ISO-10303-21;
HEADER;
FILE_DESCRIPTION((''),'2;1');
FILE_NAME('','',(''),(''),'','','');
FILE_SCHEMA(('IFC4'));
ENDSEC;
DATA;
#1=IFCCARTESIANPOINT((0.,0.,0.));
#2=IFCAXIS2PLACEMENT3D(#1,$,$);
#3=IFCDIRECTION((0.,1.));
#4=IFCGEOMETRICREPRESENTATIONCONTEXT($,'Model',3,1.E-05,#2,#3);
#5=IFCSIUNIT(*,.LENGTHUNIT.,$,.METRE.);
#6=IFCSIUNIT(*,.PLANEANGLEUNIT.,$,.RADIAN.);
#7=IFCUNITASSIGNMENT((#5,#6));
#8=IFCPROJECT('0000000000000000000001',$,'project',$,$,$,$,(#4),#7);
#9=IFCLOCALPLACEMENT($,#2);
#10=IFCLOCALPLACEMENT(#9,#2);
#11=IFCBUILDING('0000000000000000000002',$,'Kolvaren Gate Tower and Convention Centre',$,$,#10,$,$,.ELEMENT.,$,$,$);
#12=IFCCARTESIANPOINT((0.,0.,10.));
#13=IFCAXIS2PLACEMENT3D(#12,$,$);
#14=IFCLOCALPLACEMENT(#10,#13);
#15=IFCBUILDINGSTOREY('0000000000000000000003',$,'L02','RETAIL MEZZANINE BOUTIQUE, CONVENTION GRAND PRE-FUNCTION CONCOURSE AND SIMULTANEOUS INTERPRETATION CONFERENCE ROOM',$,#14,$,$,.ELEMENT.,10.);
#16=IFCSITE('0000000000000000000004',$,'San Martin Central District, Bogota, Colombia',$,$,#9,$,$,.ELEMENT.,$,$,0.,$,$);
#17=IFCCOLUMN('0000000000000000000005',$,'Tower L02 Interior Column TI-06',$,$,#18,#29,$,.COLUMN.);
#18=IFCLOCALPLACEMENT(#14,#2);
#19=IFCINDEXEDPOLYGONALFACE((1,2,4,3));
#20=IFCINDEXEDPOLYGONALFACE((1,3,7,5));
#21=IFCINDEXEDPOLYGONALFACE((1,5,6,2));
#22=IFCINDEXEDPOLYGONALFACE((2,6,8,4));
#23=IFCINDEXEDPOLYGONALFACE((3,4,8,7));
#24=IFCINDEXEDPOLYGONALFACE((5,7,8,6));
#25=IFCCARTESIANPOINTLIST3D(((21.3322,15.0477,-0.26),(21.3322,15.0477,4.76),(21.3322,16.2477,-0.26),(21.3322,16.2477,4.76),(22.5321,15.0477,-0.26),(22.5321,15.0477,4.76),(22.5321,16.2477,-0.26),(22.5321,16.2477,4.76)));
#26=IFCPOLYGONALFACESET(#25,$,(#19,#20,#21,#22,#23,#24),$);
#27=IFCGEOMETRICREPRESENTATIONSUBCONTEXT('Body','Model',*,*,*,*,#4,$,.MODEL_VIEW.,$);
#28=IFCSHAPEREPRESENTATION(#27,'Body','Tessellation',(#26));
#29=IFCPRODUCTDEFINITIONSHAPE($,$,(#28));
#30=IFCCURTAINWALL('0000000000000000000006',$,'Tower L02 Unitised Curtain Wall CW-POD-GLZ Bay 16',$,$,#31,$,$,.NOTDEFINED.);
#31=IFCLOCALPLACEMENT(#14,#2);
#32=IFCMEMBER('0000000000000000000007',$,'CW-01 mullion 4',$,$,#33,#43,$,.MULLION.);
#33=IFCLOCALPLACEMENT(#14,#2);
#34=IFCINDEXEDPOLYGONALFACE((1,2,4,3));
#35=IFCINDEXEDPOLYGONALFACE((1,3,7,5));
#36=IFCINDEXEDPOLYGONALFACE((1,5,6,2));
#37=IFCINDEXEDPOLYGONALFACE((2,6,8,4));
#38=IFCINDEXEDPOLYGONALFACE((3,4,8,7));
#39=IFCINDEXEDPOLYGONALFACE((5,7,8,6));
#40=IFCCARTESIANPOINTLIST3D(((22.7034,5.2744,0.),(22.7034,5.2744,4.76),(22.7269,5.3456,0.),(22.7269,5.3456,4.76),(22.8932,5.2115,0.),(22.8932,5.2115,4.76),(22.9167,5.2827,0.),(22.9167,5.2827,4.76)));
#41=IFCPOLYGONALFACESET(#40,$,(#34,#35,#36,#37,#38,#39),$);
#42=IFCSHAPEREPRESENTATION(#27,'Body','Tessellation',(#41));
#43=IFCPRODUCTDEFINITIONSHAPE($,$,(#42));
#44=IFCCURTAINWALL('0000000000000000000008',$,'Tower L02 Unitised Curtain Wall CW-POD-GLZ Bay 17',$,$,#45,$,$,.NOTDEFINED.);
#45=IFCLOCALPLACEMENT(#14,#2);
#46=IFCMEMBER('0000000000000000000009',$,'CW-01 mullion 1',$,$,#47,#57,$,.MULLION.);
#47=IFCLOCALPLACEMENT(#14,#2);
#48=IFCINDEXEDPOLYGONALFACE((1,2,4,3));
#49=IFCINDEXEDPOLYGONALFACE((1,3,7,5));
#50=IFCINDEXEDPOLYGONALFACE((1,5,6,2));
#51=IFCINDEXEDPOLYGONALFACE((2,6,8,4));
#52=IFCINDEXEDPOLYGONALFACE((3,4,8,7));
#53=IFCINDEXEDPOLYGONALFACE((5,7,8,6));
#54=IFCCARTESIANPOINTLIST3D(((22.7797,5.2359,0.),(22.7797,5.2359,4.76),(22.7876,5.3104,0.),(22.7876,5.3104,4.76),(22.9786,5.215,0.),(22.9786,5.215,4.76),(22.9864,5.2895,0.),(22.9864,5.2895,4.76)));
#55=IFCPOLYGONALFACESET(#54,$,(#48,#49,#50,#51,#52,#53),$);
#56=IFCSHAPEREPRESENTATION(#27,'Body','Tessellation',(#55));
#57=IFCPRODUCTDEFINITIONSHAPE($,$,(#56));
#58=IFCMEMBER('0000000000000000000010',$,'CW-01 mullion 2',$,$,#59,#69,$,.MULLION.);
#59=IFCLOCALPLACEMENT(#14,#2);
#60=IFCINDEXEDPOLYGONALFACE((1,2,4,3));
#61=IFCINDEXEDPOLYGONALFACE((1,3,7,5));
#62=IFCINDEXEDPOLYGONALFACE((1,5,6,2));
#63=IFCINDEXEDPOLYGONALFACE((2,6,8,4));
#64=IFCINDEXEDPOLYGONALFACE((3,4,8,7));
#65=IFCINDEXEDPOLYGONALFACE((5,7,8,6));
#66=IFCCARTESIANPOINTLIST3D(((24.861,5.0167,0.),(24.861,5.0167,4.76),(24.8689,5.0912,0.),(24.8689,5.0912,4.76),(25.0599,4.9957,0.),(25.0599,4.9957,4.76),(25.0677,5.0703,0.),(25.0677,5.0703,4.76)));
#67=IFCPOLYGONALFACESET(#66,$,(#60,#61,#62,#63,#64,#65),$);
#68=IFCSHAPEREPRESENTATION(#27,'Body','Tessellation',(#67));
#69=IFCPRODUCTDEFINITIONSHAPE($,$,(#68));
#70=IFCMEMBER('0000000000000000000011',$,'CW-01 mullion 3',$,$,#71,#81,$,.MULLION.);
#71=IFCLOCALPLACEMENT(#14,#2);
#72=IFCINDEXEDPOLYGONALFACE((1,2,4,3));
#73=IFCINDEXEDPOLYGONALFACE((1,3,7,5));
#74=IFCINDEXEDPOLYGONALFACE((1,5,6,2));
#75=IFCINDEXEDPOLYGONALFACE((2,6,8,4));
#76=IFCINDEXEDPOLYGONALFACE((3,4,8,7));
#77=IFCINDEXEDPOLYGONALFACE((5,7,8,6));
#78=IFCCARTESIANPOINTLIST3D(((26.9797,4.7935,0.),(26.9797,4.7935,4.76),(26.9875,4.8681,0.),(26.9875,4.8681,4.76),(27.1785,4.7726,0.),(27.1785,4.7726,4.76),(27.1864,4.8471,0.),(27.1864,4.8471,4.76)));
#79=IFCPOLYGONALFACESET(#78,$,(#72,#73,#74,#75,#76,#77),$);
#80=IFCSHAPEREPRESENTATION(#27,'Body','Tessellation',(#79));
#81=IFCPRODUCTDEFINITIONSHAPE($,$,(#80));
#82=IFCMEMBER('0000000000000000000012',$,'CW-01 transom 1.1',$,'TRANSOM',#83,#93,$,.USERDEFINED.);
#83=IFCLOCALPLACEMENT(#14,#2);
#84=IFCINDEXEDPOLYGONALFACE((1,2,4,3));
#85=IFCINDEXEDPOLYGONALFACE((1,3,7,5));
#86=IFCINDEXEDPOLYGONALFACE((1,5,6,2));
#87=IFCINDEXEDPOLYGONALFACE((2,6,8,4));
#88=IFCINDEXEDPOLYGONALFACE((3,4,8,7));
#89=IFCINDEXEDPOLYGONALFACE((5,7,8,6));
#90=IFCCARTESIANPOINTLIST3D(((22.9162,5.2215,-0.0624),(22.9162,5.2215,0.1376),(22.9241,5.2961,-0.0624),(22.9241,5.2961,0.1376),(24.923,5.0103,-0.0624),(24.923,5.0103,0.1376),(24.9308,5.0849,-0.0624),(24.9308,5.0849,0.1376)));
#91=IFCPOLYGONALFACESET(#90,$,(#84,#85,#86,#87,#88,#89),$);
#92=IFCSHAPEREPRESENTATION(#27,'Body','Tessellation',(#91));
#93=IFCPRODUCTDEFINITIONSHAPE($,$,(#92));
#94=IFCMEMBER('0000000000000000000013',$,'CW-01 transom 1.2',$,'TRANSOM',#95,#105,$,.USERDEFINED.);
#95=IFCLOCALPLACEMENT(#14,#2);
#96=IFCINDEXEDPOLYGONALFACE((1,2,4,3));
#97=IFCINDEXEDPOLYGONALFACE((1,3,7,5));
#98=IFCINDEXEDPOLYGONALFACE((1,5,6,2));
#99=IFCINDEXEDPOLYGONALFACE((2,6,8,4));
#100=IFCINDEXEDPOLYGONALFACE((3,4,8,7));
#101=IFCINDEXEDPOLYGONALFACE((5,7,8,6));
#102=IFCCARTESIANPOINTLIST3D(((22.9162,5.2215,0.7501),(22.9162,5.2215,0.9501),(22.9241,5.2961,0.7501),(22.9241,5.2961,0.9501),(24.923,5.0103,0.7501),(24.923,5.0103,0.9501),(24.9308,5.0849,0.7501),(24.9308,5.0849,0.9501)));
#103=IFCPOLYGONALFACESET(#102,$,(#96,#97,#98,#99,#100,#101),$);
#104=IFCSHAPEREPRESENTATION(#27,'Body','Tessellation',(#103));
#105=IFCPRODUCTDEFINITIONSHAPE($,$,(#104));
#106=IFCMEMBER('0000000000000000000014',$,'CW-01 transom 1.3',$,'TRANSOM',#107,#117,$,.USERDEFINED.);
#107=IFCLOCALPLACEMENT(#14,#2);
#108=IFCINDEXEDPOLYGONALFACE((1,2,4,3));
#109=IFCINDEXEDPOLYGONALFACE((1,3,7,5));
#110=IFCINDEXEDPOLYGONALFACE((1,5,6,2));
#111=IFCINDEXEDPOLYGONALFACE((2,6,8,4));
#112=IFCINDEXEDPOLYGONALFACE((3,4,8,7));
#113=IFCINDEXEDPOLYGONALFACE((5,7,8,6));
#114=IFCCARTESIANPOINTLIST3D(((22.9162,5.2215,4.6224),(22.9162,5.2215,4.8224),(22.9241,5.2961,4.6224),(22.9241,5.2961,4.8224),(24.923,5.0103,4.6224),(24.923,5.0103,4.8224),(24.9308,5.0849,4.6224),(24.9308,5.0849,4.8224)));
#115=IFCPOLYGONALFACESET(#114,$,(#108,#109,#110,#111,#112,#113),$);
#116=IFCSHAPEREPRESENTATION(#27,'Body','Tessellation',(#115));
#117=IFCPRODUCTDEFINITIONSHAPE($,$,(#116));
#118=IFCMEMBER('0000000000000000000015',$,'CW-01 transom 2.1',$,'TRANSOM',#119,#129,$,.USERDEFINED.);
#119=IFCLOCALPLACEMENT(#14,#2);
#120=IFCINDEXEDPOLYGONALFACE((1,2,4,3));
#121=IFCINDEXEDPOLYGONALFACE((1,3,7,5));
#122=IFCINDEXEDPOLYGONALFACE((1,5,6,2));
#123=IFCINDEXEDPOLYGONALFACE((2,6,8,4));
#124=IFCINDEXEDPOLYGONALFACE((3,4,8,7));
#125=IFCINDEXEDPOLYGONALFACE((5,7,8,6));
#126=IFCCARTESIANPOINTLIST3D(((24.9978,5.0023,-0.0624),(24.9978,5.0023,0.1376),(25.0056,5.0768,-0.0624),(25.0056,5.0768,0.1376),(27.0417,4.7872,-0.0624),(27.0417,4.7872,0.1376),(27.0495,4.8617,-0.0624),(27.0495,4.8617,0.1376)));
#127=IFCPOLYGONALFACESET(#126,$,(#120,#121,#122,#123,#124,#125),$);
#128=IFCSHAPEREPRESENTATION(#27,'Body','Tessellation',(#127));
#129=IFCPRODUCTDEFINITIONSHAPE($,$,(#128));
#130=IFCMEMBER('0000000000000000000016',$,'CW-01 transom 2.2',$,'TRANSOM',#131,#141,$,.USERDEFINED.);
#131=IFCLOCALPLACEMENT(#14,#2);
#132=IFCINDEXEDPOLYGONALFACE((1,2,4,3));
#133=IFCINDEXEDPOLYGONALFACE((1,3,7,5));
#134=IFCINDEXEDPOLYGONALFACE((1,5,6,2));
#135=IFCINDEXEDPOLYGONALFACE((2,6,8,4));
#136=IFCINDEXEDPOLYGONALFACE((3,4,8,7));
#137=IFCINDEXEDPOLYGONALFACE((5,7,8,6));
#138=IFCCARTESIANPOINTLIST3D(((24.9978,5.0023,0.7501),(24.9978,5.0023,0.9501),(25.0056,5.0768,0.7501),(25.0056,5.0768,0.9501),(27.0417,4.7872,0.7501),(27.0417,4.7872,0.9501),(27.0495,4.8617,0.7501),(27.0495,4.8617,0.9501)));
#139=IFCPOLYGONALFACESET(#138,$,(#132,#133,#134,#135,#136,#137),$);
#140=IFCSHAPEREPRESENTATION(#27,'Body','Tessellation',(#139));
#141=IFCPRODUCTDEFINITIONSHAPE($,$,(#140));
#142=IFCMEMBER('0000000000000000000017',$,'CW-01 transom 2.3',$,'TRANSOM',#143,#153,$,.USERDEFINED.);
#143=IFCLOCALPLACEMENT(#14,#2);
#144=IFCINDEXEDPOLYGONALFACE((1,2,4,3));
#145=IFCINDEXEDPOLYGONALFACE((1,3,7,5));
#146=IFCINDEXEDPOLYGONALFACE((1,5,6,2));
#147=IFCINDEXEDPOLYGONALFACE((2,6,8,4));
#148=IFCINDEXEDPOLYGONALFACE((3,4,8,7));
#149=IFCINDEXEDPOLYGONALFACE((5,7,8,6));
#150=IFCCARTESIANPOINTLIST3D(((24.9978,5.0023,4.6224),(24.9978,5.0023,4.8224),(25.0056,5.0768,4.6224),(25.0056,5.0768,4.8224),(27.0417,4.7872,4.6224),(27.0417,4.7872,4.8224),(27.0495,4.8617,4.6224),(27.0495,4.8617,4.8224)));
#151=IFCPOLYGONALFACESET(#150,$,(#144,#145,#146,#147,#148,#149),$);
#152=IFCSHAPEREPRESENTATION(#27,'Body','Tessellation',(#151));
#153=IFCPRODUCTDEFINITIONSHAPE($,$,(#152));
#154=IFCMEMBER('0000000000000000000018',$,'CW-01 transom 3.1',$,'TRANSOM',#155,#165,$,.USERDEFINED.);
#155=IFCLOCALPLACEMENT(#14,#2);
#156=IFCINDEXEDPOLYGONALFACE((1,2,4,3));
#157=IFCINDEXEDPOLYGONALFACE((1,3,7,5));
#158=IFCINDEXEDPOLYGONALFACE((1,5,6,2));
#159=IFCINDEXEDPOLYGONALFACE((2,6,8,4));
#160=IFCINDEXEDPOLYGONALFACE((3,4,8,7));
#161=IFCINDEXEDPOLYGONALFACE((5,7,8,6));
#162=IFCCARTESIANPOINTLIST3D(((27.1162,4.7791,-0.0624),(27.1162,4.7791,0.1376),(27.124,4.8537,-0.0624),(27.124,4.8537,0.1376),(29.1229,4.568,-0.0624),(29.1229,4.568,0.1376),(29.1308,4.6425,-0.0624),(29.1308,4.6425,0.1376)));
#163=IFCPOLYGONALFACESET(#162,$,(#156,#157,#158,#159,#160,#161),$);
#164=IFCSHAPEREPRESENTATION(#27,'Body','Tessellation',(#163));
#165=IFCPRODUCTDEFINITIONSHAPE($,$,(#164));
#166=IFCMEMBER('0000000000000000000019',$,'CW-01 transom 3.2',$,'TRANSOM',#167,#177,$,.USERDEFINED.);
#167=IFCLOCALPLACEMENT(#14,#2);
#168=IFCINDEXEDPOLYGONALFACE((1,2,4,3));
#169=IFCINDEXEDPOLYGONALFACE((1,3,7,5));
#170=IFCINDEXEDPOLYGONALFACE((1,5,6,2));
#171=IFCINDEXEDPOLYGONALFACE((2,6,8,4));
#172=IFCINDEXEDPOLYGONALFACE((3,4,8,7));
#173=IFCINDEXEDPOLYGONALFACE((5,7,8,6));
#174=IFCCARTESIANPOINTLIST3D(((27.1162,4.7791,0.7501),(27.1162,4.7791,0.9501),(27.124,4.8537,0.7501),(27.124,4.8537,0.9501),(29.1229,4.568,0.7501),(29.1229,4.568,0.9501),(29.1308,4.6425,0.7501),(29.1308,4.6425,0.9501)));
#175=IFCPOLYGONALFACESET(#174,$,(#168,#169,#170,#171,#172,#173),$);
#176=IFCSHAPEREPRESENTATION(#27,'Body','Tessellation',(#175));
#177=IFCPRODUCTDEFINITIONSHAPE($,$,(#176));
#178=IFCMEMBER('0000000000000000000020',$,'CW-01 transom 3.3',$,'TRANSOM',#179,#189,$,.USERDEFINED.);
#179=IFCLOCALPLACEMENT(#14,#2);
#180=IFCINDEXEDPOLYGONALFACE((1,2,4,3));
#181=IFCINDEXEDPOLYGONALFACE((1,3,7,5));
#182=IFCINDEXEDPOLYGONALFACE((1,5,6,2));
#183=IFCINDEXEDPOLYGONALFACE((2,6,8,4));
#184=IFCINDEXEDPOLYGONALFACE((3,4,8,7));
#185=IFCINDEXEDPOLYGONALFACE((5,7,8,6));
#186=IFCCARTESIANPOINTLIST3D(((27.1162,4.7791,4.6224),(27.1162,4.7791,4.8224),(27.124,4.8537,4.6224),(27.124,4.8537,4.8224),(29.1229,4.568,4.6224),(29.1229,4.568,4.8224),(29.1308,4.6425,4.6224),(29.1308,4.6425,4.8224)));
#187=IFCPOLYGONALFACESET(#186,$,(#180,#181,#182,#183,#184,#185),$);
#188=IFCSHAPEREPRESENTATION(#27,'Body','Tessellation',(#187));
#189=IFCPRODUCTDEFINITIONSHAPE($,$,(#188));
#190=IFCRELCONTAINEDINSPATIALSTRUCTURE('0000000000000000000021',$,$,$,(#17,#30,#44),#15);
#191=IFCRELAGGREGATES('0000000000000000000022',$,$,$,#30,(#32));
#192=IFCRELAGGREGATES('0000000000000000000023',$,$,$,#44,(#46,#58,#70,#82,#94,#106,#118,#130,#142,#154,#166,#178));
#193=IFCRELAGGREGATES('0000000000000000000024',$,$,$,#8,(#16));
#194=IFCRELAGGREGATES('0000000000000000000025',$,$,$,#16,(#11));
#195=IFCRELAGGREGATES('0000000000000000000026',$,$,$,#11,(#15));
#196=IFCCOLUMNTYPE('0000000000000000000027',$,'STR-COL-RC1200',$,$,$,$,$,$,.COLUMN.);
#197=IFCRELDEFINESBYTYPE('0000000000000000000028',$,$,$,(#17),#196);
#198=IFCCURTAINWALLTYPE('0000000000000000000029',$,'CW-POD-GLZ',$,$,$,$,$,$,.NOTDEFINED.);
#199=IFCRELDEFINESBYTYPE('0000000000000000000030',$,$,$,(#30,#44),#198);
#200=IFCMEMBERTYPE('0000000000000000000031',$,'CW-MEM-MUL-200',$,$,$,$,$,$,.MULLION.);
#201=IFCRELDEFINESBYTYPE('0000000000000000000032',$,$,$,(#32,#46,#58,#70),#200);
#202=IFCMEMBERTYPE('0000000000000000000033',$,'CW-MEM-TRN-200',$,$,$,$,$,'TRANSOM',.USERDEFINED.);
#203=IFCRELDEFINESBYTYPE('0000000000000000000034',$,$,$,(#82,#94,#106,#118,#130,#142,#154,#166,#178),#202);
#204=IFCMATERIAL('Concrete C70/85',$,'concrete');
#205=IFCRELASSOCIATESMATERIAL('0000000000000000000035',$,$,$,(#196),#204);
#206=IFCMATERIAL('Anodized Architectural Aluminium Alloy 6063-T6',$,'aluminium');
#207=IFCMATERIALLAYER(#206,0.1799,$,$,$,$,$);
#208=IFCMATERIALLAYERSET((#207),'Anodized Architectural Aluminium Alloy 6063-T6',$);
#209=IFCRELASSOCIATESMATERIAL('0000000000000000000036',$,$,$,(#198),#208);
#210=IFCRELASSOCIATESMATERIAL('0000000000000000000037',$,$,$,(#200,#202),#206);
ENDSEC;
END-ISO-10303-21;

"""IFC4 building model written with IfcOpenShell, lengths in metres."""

from ifc_helpers import new_model, si_unit, direction, frame, origin, origin_2d, place, context, subcontext, project, spatial, rectangle, extrude, material, layer, layer_set, material_profile, profile_set, type_object, element, aggregate, save


model = new_model("IFC4")

# Units and contexts
model_context = context("Model", 3, precision=1e-05, world=origin(), true_north=direction((0.0, 1.0)))
body_context = subcontext(model_context, "Body", "Model", "MODEL_VIEW")
ifc_project = project(units=[si_unit("LENGTHUNIT", "METRE"), si_unit("PLANEANGLEUNIT", "RADIAN")], contexts=[model_context])

# Site, building, storey
site_placement = place(None, origin())
site = spatial("IfcSite", under=ifc_project, at=site_placement, Name="San Martin Central District, Bogota, Colombia", CompositionType="ELEMENT", RefElevation=0.0)
building_placement = place(site_placement, origin())
building = spatial("IfcBuilding", under=site, at=building_placement, Name="Kolvaren Gate Tower and Convention Centre", CompositionType="ELEMENT")
storey_placement = place(building_placement, frame((0.0, 0.0, 10.0)))
storey = spatial("IfcBuildingStorey", under=building, at=storey_placement, Name="L02", Description="RETAIL MEZZANINE BOUTIQUE, CONVENTION GRAND PRE-FUNCTION CONCOURSE AND SIMULTANEOUS INTERPRETATION CONFERENCE ROOM", CompositionType="ELEMENT", Elevation=10.0)

# Column
ifc_material_1 = material(Name="Concrete C70/85", Category="concrete")
ifc_material_profile_1 = material_profile(ifc_material_1, rectangle(XDim=1.2, YDim=1.2, at=origin_2d()), Name="RC-COL-1200X1200")
ifc_profile_set_1 = profile_set([ifc_material_profile_1], Name="Concrete C70/85")
column_type = type_object("IfcColumnType", Name="STR-COL-RC1200", PredefinedType="COLUMN", material=ifc_profile_set_1)
column_placement = place(storey_placement, frame((21.9321, 15.6477, -0.26), z_axis=(0.0, 0.0, 1.0), x_axis=(1.0, 0.0, 0.0)))
element("IfcColumn", 1, at=column_placement, inside=storey, type_object=column_type, Name="Tower L02 Interior Column TI-06", PredefinedType="COLUMN", context=body_context, shape_type="SweptSolid", body=[
    extrude(rectangle(XDim=1.2, YDim=1.2, at=origin_2d()), origin(), (0.0, 0.0, 1.0), 5.02),
])

# Curtain wall, member
ifc_material_2 = material(Name="Anodized Architectural Aluminium Alloy 6063-T6", Category="aluminium")
ifc_layer_1 = layer(ifc_material_2, 0.1799)
ifc_layer_set_1 = layer_set([ifc_layer_1], Name="Anodized Architectural Aluminium Alloy 6063-T6")
curtain_wall_type = type_object("IfcCurtainWallType", Name="CW-POD-GLZ", PredefinedType="NOTDEFINED", material=ifc_layer_set_1)
curtain_wall_1_placement = place(storey_placement, origin())
curtain_wall_1 = element("IfcCurtainWall", 2, at=curtain_wall_1_placement, inside=storey, type_object=curtain_wall_type, Name="Tower L02 Unitised Curtain Wall CW-POD-GLZ Bay 16", PredefinedType="NOTDEFINED")
ifc_material_profile_2 = material_profile(ifc_material_2, rectangle(XDim=0.075, YDim=0.2, at=origin_2d()), Name="CW-MEM-MUL-200")
ifc_profile_set_2 = profile_set([ifc_material_profile_2], Name="Anodized Architectural Aluminium Alloy 6063-T6")
member_type_1 = type_object("IfcMemberType", Name="CW-MEM-MUL-200", PredefinedType="MULLION", material=ifc_profile_set_2)
member_1_placement = place(storey_placement, frame((22.8101, 5.2786, 0.0), z_axis=(0.0, 0.0, 1.0), x_axis=(0.314547, 0.949242, 0.0)))
member_1 = element("IfcMember", 3, at=member_1_placement, type_object=member_type_1, Name="CW-01 mullion 4", PredefinedType="MULLION", context=body_context, shape_type="SweptSolid", body=[
    extrude(rectangle(XDim=0.075, YDim=0.2, at=origin_2d()), origin(), (0.0, 0.0, 1.0), 4.76),
])

# Curtain wall, members
curtain_wall_2_placement = place(storey_placement, origin())
curtain_wall_2 = element("IfcCurtainWall", 4, at=curtain_wall_2_placement, inside=storey, type_object=curtain_wall_type, Name="Tower L02 Unitised Curtain Wall CW-POD-GLZ Bay 17", PredefinedType="NOTDEFINED")
member_2_placement = place(storey_placement, frame((22.8831, 5.2627, 0.0), z_axis=(0.0, 0.0, 1.0), x_axis=(0.104742, 0.994499, 0.0)))
member_2 = element("IfcMember", 5, at=member_2_placement, type_object=member_type_1, Name="CW-01 mullion 1", PredefinedType="MULLION", context=body_context, shape_type="SweptSolid", body=[
    extrude(rectangle(XDim=0.075, YDim=0.2, at=origin_2d()), origin(), (0.0, 0.0, 1.0), 4.76),
])
member_3_placement = place(storey_placement, frame((24.9644, 5.0435, 0.0), z_axis=(0.0, 0.0, 1.0), x_axis=(0.104742, 0.994499, 0.0)))
member_3 = element("IfcMember", 6, at=member_3_placement, type_object=member_type_1, Name="CW-01 mullion 2", PredefinedType="MULLION", context=body_context, shape_type="SweptSolid", body=[
    extrude(rectangle(XDim=0.075, YDim=0.2, at=origin_2d()), origin(), (0.0, 0.0, 1.0), 4.76),
])
member_4_placement = place(storey_placement, frame((27.083, 4.8203, 0.0), z_axis=(0.0, 0.0, 1.0), x_axis=(0.104742, 0.994499, 0.0)))
member_4 = element("IfcMember", 7, at=member_4_placement, type_object=member_type_1, Name="CW-01 mullion 3", PredefinedType="MULLION", context=body_context, shape_type="SweptSolid", body=[
    extrude(rectangle(XDim=0.075, YDim=0.2, at=origin_2d()), origin(), (0.0, 0.0, 1.0), 4.76),
])
ifc_material_profile_3 = material_profile(ifc_material_2, rectangle(XDim=0.075, YDim=0.2, at=origin_2d()), Name="CW-MEM-TRN-200")
ifc_profile_set_3 = profile_set([ifc_material_profile_3], Name="Anodized Architectural Aluminium Alloy 6063-T6")
member_type_2 = type_object("IfcMemberType", Name="CW-MEM-TRN-200", ElementType="TRANSOM", PredefinedType="USERDEFINED", material=ifc_profile_set_3)
member_5_placement = place(storey_placement, frame((22.9202, 5.2588, 0.0376), z_axis=(0.994509, -0.104653, 0.0), x_axis=(0.104653, 0.994509, 0.0)))
member_5 = element("IfcMember", 8, at=member_5_placement, type_object=member_type_2, Name="CW-01 transom 1.1", ObjectType="TRANSOM", PredefinedType="USERDEFINED", context=body_context, shape_type="SweptSolid", body=[
    extrude(rectangle(XDim=0.075, YDim=0.2, at=origin_2d()), origin(), (0.0, 0.0, 1.0), 2.0178),
])
member_6_placement = place(storey_placement, frame((22.9202, 5.2588, 0.8501), z_axis=(0.994509, -0.104653, 0.0), x_axis=(0.104653, 0.994509, 0.0)))
member_6 = element("IfcMember", 9, at=member_6_placement, type_object=member_type_2, Name="CW-01 transom 1.2", ObjectType="TRANSOM", PredefinedType="USERDEFINED", context=body_context, shape_type="SweptSolid", body=[
    extrude(rectangle(XDim=0.075, YDim=0.2, at=origin_2d()), origin(), (0.0, 0.0, 1.0), 2.0178),
])
member_7_placement = place(storey_placement, frame((22.9202, 5.2588, 4.7224), z_axis=(0.994509, -0.104653, 0.0), x_axis=(0.104653, 0.994509, 0.0)))
member_7 = element("IfcMember", 10, at=member_7_placement, type_object=member_type_2, Name="CW-01 transom 1.3", ObjectType="TRANSOM", PredefinedType="USERDEFINED", context=body_context, shape_type="SweptSolid", body=[
    extrude(rectangle(XDim=0.075, YDim=0.2, at=origin_2d()), origin(), (0.0, 0.0, 1.0), 2.0178),
])
member_8_placement = place(storey_placement, frame((25.0017, 5.0396, 0.0376), z_axis=(0.994509, -0.104654, 0.0), x_axis=(0.104654, 0.994509, 0.0)))
member_8 = element("IfcMember", 11, at=member_8_placement, type_object=member_type_2, Name="CW-01 transom 2.1", ObjectType="TRANSOM", PredefinedType="USERDEFINED", context=body_context, shape_type="SweptSolid", body=[
    extrude(rectangle(XDim=0.075, YDim=0.2, at=origin_2d()), origin(), (0.0, 0.0, 1.0), 2.0552),
])
member_9_placement = place(storey_placement, frame((25.0017, 5.0396, 0.8501), z_axis=(0.994509, -0.104654, 0.0), x_axis=(0.104654, 0.994509, 0.0)))
member_9 = element("IfcMember", 12, at=member_9_placement, type_object=member_type_2, Name="CW-01 transom 2.2", ObjectType="TRANSOM", PredefinedType="USERDEFINED", context=body_context, shape_type="SweptSolid", body=[
    extrude(rectangle(XDim=0.075, YDim=0.2, at=origin_2d()), origin(), (0.0, 0.0, 1.0), 2.0552),
])
member_10_placement = place(storey_placement, frame((25.0017, 5.0396, 4.7224), z_axis=(0.994509, -0.104654, 0.0), x_axis=(0.104654, 0.994509, 0.0)))
member_10 = element("IfcMember", 13, at=member_10_placement, type_object=member_type_2, Name="CW-01 transom 2.3", ObjectType="TRANSOM", PredefinedType="USERDEFINED", context=body_context, shape_type="SweptSolid", body=[
    extrude(rectangle(XDim=0.075, YDim=0.2, at=origin_2d()), origin(), (0.0, 0.0, 1.0), 2.0552),
])
member_11_placement = place(storey_placement, frame((27.1201, 4.8164, 0.0376), z_axis=(0.994509, -0.104653, 0.0), x_axis=(0.104653, 0.994509, 0.0)))
member_11 = element("IfcMember", 14, at=member_11_placement, type_object=member_type_2, Name="CW-01 transom 3.1", ObjectType="TRANSOM", PredefinedType="USERDEFINED", context=body_context, shape_type="SweptSolid", body=[
    extrude(rectangle(XDim=0.075, YDim=0.2, at=origin_2d()), origin(), (0.0, 0.0, 1.0), 2.0178),
])
member_12_placement = place(storey_placement, frame((27.1201, 4.8164, 0.8501), z_axis=(0.994509, -0.104653, 0.0), x_axis=(0.104653, 0.994509, 0.0)))
member_12 = element("IfcMember", 15, at=member_12_placement, type_object=member_type_2, Name="CW-01 transom 3.2", ObjectType="TRANSOM", PredefinedType="USERDEFINED", context=body_context, shape_type="SweptSolid", body=[
    extrude(rectangle(XDim=0.075, YDim=0.2, at=origin_2d()), origin(), (0.0, 0.0, 1.0), 2.0178),
])
member_13_placement = place(storey_placement, frame((27.1201, 4.8164, 4.7224), z_axis=(0.994509, -0.104653, 0.0), x_axis=(0.104653, 0.994509, 0.0)))
member_13 = element("IfcMember", 16, at=member_13_placement, type_object=member_type_2, Name="CW-01 transom 3.3", ObjectType="TRANSOM", PredefinedType="USERDEFINED", context=body_context, shape_type="SweptSolid", body=[
    extrude(rectangle(XDim=0.075, YDim=0.2, at=origin_2d()), origin(), (0.0, 0.0, 1.0), 2.0178),
])

aggregate(curtain_wall_1, [member_1])
aggregate(curtain_wall_2, [member_2, member_3, member_4, member_5, member_6, member_7, member_8, member_9, member_10, member_11, member_12, member_13])

save(model, "model.ifc")
